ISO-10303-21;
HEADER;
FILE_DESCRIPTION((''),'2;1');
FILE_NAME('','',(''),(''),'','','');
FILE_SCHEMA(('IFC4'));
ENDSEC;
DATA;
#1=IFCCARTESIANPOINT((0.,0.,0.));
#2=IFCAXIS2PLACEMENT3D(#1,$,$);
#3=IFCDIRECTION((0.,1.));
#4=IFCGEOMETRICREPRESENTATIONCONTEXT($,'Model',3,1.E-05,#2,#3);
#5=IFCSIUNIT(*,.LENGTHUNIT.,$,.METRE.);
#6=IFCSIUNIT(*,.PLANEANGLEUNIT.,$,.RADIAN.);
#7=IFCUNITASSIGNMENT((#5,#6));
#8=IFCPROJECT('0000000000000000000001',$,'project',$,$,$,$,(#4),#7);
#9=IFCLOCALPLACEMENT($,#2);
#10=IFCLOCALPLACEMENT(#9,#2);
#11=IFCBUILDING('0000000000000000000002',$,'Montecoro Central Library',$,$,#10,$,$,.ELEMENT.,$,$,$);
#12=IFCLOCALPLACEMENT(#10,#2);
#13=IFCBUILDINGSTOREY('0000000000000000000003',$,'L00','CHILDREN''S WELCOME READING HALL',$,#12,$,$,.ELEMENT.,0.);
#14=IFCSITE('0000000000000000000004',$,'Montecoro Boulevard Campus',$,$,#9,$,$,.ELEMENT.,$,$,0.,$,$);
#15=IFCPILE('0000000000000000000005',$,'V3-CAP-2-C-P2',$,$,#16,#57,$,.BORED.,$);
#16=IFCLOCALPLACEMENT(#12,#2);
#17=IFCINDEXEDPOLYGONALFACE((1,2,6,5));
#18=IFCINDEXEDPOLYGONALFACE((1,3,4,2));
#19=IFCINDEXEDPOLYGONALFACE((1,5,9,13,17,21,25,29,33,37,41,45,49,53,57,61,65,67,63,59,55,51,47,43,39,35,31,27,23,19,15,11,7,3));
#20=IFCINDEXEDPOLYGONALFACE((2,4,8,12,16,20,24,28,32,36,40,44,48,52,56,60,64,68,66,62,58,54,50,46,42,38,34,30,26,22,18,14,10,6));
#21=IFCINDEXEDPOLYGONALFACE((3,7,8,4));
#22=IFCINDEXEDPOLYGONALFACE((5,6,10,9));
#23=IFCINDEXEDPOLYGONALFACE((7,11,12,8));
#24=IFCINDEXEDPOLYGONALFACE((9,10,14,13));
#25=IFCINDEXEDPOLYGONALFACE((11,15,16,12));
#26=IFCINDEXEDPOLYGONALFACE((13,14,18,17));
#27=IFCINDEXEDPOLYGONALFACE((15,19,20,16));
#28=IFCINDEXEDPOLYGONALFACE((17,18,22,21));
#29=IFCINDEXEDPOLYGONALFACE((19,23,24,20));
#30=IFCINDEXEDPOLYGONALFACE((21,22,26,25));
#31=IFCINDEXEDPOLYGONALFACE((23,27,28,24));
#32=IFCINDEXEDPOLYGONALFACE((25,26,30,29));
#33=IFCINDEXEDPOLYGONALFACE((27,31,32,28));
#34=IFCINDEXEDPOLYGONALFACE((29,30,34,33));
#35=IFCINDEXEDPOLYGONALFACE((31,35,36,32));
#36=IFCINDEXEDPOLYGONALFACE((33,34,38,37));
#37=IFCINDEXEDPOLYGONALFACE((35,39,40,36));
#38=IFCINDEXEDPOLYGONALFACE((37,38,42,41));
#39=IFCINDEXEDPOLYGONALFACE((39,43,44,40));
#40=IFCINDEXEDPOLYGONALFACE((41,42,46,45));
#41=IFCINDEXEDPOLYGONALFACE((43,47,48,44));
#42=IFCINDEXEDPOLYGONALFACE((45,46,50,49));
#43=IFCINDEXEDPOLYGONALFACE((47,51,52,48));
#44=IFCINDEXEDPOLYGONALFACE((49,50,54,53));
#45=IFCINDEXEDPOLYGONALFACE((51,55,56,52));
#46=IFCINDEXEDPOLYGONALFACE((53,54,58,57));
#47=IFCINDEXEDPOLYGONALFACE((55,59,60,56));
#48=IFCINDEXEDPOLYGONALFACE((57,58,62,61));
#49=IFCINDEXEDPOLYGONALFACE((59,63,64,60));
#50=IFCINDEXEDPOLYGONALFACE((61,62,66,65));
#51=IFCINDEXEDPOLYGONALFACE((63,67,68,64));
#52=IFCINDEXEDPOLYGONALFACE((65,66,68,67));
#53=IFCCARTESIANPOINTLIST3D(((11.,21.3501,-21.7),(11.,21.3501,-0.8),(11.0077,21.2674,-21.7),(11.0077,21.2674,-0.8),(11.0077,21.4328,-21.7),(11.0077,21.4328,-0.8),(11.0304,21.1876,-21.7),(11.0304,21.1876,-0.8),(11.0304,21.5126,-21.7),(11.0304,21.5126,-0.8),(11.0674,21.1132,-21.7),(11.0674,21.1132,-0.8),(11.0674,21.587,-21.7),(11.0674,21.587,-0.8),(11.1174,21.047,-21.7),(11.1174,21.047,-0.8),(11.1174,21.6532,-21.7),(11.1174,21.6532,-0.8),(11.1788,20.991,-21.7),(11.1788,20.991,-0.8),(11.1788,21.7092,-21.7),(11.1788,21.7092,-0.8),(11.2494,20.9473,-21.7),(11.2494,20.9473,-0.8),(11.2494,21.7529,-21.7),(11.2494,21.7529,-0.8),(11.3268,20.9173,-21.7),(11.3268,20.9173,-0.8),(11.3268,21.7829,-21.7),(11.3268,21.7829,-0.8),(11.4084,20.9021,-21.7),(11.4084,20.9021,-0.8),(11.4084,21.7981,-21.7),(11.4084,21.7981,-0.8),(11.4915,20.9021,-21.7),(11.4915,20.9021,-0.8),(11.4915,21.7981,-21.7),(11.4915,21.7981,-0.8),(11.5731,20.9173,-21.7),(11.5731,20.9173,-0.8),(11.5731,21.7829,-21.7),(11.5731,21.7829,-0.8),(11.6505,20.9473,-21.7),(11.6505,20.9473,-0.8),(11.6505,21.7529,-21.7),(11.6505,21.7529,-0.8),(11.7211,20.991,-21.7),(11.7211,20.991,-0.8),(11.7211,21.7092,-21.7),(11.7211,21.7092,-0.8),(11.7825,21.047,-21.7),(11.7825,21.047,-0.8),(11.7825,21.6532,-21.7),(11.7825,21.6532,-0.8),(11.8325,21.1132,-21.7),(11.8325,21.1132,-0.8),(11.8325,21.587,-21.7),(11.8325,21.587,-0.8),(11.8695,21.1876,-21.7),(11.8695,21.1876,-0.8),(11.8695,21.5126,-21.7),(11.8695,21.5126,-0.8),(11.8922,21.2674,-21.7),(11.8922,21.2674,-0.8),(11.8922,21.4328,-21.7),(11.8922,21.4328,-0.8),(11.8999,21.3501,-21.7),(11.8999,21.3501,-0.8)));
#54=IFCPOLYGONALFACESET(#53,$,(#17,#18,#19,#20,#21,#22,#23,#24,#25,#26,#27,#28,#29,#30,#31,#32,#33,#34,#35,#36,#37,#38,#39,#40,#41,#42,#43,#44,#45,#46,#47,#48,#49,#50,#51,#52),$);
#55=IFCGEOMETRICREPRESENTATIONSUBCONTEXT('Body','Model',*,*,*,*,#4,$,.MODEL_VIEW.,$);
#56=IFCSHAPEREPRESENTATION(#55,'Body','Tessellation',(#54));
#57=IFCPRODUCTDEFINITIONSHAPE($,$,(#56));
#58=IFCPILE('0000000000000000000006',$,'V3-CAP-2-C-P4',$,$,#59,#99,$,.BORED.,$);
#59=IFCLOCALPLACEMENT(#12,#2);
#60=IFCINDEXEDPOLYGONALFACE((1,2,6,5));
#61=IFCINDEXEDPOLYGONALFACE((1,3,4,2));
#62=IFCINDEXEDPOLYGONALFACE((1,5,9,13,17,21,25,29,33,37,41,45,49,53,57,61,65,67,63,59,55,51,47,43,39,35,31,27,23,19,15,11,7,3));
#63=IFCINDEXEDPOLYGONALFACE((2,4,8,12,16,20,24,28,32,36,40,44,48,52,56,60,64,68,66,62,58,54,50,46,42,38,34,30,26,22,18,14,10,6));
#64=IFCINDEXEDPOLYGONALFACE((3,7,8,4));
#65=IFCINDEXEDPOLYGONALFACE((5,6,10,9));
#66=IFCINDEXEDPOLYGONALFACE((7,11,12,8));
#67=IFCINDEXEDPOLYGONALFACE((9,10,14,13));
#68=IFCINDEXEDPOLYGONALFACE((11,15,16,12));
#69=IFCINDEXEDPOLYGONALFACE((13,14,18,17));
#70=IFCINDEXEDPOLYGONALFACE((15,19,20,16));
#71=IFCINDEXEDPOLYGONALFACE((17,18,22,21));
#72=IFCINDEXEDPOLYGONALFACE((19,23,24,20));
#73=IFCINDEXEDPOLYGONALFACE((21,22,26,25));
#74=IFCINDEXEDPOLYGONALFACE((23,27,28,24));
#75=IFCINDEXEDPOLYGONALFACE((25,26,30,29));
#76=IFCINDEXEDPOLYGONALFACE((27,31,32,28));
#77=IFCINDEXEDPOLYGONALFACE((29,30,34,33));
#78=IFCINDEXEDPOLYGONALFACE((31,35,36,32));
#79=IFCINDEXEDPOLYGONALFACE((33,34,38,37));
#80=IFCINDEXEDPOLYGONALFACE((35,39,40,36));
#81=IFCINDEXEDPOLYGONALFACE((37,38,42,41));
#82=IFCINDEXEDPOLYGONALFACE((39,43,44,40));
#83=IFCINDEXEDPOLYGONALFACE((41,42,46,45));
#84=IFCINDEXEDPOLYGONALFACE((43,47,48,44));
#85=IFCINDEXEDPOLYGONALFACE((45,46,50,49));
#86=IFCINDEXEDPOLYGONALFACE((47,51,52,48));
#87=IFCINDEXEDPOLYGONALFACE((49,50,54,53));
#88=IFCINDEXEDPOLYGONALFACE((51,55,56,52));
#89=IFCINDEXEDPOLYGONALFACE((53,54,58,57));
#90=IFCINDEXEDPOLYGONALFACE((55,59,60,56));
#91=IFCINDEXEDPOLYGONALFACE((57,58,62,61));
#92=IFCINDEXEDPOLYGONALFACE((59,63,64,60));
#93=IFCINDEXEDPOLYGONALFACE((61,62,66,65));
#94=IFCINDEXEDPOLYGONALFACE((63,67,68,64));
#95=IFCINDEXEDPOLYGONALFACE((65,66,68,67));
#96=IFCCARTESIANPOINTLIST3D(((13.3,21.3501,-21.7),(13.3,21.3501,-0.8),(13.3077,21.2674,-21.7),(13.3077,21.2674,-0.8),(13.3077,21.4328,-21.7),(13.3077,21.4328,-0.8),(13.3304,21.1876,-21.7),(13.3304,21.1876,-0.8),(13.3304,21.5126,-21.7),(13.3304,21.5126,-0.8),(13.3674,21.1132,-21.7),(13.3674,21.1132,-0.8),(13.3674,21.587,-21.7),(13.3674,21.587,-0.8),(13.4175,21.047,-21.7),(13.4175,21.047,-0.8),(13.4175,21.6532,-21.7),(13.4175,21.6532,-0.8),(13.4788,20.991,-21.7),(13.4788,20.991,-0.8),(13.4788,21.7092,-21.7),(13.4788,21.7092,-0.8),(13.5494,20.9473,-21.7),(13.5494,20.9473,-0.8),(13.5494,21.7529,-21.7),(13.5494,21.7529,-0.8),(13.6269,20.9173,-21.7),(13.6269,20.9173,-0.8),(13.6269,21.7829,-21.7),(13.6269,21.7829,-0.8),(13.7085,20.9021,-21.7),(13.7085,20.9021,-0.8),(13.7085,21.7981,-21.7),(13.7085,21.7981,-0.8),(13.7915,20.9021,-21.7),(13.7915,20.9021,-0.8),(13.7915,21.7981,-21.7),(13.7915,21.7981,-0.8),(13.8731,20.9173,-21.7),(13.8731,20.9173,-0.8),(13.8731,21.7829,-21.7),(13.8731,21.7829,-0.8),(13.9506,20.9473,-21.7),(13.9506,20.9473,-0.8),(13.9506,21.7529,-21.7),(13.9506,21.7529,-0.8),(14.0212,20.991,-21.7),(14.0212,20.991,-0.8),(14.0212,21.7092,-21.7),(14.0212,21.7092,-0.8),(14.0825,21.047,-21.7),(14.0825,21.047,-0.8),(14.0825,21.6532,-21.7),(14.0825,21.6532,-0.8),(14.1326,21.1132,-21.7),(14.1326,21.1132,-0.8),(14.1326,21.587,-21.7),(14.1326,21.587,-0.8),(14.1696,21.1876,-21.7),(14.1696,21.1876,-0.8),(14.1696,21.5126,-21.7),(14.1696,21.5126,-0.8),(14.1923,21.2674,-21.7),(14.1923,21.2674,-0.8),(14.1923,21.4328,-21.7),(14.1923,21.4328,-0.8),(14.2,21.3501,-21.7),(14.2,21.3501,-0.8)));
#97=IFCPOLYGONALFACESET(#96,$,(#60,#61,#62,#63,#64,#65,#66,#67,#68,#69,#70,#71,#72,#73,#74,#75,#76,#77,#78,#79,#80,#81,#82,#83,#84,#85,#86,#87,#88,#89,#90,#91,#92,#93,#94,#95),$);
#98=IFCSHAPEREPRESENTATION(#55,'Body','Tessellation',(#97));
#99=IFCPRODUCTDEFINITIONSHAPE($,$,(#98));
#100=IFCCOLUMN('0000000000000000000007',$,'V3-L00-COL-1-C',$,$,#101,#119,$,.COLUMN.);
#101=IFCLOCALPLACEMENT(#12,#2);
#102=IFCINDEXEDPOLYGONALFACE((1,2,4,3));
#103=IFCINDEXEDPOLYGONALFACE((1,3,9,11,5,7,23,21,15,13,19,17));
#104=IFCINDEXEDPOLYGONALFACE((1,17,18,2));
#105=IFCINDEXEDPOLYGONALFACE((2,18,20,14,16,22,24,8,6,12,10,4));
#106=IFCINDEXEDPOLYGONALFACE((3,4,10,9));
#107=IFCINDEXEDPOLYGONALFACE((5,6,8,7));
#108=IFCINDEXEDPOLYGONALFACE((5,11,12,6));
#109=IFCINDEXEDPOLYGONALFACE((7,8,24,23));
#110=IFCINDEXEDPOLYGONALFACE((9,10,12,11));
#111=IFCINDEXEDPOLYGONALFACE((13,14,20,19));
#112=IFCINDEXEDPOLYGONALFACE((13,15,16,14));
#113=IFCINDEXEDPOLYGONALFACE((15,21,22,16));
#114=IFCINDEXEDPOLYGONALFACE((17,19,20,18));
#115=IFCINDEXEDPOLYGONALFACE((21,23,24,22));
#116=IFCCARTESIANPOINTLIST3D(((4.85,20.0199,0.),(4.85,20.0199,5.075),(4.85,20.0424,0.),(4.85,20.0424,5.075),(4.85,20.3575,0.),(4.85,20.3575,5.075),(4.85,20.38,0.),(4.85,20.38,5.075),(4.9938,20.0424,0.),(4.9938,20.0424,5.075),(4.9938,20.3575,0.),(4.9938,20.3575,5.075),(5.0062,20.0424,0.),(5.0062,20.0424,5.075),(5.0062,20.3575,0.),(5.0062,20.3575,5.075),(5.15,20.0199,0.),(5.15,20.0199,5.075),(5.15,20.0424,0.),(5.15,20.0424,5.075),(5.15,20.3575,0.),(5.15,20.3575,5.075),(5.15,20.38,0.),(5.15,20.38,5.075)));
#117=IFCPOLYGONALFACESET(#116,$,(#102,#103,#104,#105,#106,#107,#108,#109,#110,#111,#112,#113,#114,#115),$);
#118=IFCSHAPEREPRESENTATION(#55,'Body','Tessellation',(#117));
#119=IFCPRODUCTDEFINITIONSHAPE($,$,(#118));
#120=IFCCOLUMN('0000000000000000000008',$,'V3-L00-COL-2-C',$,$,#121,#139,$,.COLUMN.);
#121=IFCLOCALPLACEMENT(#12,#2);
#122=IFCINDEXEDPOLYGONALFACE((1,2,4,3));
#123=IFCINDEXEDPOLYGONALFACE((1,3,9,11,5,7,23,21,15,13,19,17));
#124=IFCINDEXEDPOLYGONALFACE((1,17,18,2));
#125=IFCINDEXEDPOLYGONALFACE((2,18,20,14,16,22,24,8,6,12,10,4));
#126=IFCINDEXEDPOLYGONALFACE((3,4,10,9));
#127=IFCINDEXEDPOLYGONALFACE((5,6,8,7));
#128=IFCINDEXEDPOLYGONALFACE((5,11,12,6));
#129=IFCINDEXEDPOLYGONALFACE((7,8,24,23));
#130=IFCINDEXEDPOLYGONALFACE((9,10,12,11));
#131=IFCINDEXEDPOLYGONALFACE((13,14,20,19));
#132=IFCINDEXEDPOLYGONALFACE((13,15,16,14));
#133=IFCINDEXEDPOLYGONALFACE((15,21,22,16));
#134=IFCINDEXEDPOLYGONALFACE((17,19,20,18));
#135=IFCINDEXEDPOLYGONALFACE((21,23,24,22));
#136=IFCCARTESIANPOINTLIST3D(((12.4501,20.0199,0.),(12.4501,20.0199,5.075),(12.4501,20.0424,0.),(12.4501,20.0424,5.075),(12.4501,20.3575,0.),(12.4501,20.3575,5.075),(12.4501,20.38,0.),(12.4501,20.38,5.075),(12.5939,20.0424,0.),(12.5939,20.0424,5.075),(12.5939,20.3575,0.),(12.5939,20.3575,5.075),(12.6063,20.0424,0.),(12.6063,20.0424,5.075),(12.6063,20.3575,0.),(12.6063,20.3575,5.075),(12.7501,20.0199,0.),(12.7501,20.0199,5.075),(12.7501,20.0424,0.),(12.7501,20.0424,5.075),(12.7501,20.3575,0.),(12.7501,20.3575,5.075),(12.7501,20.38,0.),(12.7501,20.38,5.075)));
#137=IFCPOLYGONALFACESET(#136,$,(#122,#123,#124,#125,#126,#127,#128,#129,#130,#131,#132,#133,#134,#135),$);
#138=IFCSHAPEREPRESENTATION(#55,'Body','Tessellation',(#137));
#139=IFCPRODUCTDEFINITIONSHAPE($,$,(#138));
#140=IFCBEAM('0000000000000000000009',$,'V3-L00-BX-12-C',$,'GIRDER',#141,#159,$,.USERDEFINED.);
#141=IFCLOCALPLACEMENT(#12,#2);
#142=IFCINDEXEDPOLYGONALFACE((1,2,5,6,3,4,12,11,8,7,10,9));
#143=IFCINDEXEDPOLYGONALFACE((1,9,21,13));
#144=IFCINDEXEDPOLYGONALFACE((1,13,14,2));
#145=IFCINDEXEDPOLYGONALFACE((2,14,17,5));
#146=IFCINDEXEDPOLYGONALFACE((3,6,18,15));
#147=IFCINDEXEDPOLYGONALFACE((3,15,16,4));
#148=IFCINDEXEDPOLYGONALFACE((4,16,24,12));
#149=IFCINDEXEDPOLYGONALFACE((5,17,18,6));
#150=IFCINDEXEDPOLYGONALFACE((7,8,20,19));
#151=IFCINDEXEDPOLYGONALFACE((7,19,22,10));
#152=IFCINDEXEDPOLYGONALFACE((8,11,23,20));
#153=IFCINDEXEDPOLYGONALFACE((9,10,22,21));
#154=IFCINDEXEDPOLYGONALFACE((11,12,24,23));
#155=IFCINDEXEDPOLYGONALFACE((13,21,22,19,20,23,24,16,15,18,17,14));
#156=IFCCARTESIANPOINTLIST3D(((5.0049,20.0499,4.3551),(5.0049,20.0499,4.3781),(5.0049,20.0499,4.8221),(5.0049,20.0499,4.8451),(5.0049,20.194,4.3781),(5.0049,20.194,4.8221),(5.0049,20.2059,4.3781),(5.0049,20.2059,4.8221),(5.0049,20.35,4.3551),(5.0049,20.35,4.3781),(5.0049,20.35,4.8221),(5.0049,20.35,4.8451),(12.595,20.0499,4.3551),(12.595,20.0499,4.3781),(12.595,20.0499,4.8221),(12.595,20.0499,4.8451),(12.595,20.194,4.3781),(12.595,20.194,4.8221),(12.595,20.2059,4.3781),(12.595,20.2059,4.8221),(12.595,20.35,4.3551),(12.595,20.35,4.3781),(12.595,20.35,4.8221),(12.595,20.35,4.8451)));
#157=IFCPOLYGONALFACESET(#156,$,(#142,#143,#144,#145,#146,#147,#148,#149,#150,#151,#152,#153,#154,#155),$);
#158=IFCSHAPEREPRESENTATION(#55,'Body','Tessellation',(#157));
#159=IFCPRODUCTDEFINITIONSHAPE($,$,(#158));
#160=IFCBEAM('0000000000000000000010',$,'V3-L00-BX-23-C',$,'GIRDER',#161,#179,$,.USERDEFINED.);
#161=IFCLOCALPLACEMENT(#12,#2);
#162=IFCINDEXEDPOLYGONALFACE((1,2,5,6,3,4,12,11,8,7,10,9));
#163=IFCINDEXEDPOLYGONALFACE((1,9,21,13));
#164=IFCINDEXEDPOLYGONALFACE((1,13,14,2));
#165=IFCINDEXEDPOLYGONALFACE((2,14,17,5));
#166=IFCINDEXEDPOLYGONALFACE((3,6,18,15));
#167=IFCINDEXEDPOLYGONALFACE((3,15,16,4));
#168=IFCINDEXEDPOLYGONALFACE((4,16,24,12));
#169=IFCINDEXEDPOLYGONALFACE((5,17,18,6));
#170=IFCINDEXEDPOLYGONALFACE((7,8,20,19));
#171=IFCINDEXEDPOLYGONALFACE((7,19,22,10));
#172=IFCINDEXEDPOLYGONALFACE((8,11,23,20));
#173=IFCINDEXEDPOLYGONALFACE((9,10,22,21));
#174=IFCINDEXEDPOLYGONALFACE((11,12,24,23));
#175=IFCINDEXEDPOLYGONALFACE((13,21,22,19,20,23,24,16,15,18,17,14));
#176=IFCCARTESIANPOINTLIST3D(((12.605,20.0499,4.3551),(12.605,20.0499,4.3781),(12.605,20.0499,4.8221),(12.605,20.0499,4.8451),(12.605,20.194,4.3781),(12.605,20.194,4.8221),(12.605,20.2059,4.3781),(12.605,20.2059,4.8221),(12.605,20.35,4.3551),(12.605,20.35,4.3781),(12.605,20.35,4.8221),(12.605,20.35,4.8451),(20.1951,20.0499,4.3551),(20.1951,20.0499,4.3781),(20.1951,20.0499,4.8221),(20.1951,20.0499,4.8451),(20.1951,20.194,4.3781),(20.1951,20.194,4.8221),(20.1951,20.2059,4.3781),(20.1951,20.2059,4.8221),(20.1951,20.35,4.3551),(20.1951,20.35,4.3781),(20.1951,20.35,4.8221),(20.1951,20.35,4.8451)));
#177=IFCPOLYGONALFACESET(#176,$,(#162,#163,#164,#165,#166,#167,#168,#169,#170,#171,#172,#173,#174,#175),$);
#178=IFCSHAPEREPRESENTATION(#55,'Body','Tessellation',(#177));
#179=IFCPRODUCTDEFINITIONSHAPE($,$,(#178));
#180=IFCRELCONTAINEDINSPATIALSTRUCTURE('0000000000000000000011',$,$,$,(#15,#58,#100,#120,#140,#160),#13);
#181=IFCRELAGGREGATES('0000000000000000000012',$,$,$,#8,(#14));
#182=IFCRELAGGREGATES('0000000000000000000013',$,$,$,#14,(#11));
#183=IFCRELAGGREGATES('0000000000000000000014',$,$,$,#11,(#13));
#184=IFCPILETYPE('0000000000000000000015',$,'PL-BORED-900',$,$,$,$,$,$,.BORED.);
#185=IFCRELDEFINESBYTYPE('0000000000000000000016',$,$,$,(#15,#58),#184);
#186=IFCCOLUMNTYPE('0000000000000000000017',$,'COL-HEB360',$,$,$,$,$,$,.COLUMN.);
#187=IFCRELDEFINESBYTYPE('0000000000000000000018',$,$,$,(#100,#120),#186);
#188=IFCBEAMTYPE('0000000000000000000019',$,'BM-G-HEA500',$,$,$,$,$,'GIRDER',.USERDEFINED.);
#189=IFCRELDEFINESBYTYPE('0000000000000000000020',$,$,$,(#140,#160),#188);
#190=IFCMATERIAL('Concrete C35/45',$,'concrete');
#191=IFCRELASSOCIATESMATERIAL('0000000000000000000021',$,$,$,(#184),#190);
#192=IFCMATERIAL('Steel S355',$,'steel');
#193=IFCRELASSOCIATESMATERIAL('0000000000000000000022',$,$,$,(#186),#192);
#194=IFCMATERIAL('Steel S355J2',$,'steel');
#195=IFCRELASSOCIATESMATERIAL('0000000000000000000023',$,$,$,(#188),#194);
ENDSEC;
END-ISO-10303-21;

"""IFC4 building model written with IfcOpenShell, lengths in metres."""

from ifc_helpers import new_model, si_unit, direction, frame, origin, origin_2d, place, context, subcontext, project, spatial, circle, i_section, extrude, material, material_profile, profile_set, type_object, element, save


model = new_model("IFC4")

# Units and contexts
model_context = context("Model", 3, precision=1e-05, world=origin(), true_north=direction((0.0, 1.0)))
body_context = subcontext(model_context, "Body", "Model", "MODEL_VIEW")
ifc_project = project(units=[si_unit("LENGTHUNIT", "METRE"), si_unit("PLANEANGLEUNIT", "RADIAN")], contexts=[model_context])

# Site, building, storey
site_placement = place(None, origin())
site = spatial("IfcSite", under=ifc_project, at=site_placement, Name="Montecoro Boulevard Campus", CompositionType="ELEMENT", RefElevation=0.0)
building_placement = place(site_placement, origin())
building = spatial("IfcBuilding", under=site, at=building_placement, Name="Montecoro Central Library", CompositionType="ELEMENT")
storey_placement = place(building_placement, origin())
storey = spatial("IfcBuildingStorey", under=building, at=storey_placement, Name="L00", Description="CHILDREN'S WELCOME READING HALL", CompositionType="ELEMENT", Elevation=0.0)

# Shared definitions
ifc_material_1 = material(Name="Concrete C35/45", Category="concrete")

# Piles
ifc_material_profile_1 = material_profile(ifc_material_1, circle(Radius=0.45, at=origin_2d()), Name="PILE D900")
ifc_profile_set_1 = profile_set([ifc_material_profile_1], Name="Concrete C35/45")
pile_type_1 = type_object("IfcPileType", Name="PL-BORED-900", PredefinedType="BORED", material=ifc_profile_set_1)
for number, where, z_axis, x_axis, name in (
    (1, (11.45, 21.3501, -0.8), (0.0, 0.0, -1.0), (1.0, 0.0, 0.0), "V3-CAP-2-C-P2"),
    (2, (13.75, 21.3501, -0.8), (0.0, 0.0, -1.0), (1.0, 0.0, 0.0), "V3-CAP-2-C-P4"),
):
    element("IfcPile", number, at=place(storey_placement, frame(where, z_axis=z_axis, x_axis=x_axis)), inside=storey, type_object=pile_type_1, Name=name, PredefinedType="BORED", context=body_context, shape_type="SweptSolid", body=[
        extrude(circle(Radius=0.45, at=origin_2d()), origin(), (0.0, 0.0, 1.0), 20.8999),
    ])

# Columns
ifc_material_2 = material(Name="Steel S355", Category="steel")
ifc_material_profile_2 = material_profile(ifc_material_2, i_section(OverallWidth=0.3, OverallDepth=0.3601, WebThickness=0.0125, FlangeThickness=0.0225, at=origin_2d()), Name="HEB 360")
ifc_profile_set_2 = profile_set([ifc_material_profile_2], Name="Steel S355")
column_type = type_object("IfcColumnType", Name="COL-HEB360", PredefinedType="COLUMN", material=ifc_profile_set_2)
for number, where, z_axis, x_axis, name in (
    (3, (5.0, 20.2, 0.0), (0.0, 0.0, 1.0), (1.0, 0.0, 0.0), "V3-L00-COL-1-C"),
    (4, (12.6001, 20.2, 0.0), (0.0, 0.0, 1.0), (1.0, 0.0, 0.0), "V3-L00-COL-2-C"),
):
    element("IfcColumn", number, at=place(storey_placement, frame(where, z_axis=z_axis, x_axis=x_axis)), inside=storey, type_object=column_type, Name=name, PredefinedType="COLUMN", context=body_context, shape_type="SweptSolid", body=[
        extrude(i_section(OverallWidth=0.3, OverallDepth=0.3601, WebThickness=0.0125, FlangeThickness=0.0225, at=origin_2d()), origin(), (0.0, 0.0, 1.0), 5.075),
    ])

# Beams
ifc_material_3 = material(Name="Steel S355J2", Category="steel")
ifc_material_profile_3 = material_profile(ifc_material_3, i_section(OverallWidth=0.3, OverallDepth=0.49, WebThickness=0.012, FlangeThickness=0.0229, at=origin_2d()), Name="HEA 500")
ifc_profile_set_3 = profile_set([ifc_material_profile_3], Name="Steel S355J2")
beam_type_1 = type_object("IfcBeamType", Name="BM-G-HEA500", ElementType="GIRDER", PredefinedType="USERDEFINED", material=ifc_profile_set_3)
for number, where, z_axis, x_axis, name in (
    (5, (5.0049, 20.2, 4.6001), (1.0, 0.0, 0.0), (0.0, 1.0, 0.0), "V3-L00-BX-12-C"),
    (6, (12.605, 20.2, 4.6001), (1.0, 0.0, 0.0), (0.0, 1.0, 0.0), "V3-L00-BX-23-C"),
):
    element("IfcBeam", number, at=place(storey_placement, frame(where, z_axis=z_axis, x_axis=x_axis)), inside=storey, type_object=beam_type_1, Name=name, ObjectType="GIRDER", PredefinedType="USERDEFINED", context=body_context, shape_type="SweptSolid", body=[
        extrude(i_section(OverallWidth=0.3, OverallDepth=0.49, WebThickness=0.012, FlangeThickness=0.0229, at=origin_2d()), origin(), (0.0, 0.0, 1.0), 7.5901),
    ])

save(model, "model.ifc")
